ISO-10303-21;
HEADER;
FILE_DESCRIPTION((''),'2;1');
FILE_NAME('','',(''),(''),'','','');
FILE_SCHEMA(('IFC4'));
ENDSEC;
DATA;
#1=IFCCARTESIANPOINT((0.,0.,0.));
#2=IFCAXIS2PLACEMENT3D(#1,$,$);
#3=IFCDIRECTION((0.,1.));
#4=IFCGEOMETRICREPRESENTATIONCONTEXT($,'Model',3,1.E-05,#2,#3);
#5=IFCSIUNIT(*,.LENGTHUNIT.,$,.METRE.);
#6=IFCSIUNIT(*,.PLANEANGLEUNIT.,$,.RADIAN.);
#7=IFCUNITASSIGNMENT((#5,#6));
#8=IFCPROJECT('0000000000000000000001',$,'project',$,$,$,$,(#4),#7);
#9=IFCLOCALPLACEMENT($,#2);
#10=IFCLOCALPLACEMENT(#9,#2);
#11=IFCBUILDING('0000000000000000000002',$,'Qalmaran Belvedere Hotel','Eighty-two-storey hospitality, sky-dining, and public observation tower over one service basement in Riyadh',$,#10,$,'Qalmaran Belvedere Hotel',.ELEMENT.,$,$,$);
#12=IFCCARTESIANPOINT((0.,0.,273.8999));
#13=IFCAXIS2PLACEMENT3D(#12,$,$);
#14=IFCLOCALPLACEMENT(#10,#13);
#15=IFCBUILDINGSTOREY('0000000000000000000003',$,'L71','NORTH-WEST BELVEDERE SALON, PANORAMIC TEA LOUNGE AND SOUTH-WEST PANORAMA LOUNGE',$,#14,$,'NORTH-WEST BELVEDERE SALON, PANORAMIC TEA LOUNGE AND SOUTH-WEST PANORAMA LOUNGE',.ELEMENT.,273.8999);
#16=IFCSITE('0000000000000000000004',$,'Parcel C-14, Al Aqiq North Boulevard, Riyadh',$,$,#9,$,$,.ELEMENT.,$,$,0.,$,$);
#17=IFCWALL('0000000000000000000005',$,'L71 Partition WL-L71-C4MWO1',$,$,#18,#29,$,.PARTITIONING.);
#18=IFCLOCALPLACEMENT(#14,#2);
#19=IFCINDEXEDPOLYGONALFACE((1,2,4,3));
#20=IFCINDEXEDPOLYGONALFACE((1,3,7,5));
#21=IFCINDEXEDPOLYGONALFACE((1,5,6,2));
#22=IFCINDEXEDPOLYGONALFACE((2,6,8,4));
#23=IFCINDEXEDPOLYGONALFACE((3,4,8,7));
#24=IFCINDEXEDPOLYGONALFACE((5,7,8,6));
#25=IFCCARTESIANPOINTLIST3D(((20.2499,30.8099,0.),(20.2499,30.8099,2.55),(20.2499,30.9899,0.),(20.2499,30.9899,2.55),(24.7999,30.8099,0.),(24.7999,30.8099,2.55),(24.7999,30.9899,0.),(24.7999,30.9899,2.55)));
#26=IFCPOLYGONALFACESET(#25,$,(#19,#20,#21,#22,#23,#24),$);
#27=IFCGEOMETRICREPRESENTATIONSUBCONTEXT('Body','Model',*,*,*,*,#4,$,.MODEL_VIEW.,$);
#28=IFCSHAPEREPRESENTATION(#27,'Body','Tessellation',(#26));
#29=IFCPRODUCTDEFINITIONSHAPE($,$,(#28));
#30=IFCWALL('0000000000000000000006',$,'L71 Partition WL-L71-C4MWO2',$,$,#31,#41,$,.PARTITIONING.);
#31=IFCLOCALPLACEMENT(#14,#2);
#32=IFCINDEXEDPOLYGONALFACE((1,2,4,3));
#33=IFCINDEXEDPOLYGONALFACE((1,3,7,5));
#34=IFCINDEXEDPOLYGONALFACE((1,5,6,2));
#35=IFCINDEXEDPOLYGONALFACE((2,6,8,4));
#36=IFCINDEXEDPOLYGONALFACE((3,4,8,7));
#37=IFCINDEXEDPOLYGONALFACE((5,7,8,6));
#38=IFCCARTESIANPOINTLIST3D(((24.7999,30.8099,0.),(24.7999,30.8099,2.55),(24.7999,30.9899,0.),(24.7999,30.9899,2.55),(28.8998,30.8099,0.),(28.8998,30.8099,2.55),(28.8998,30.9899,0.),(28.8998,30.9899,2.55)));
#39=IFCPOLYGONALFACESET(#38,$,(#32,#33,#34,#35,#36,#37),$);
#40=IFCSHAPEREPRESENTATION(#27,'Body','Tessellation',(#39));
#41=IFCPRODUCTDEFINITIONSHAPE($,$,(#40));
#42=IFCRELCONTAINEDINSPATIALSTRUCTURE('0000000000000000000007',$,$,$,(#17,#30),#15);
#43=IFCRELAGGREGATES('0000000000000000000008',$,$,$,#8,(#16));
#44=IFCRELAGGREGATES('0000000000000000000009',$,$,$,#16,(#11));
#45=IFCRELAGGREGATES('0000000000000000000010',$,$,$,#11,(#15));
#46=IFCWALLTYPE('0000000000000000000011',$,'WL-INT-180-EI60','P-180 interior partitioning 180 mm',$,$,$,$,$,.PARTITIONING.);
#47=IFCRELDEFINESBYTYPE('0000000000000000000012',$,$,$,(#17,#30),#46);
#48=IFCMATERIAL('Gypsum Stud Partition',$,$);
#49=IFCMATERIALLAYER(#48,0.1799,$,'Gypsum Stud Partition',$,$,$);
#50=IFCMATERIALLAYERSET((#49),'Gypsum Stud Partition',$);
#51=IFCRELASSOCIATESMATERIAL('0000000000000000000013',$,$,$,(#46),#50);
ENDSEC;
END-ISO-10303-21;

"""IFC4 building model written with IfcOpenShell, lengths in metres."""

from ifc_helpers import new_model, si_unit, direction, frame, frame_2d, origin, place, context, subcontext, project, spatial, rectangle, extrude, material, layer, layer_set, type_object, element, save


model = new_model("IFC4")

# Units and contexts
model_context = context("Model", 3, precision=1e-05, world=origin(), true_north=direction((0.0, 1.0)))
body_context = subcontext(model_context, "Body", "Model", "MODEL_VIEW")
ifc_project = project(units=[si_unit("LENGTHUNIT", "METRE"), si_unit("PLANEANGLEUNIT", "RADIAN")], contexts=[model_context])

# Site, building, storey
site_placement = place(None, origin())
site = spatial("IfcSite", under=ifc_project, at=site_placement, Name="Parcel C-14, Al Aqiq North Boulevard, Riyadh", CompositionType="ELEMENT", RefElevation=0.0)
building_placement = place(site_placement, origin())
building = spatial("IfcBuilding", under=site, at=building_placement, Name="Qalmaran Belvedere Hotel", Description="Eighty-two-storey hospitality, sky-dining, and public observation tower over one service basement in Riyadh", LongName="Qalmaran Belvedere Hotel", CompositionType="ELEMENT")
storey_placement = place(building_placement, frame((0.0, 0.0, 273.8999)))
storey = spatial("IfcBuildingStorey", under=building, at=storey_placement, Name="L71", Description="NORTH-WEST BELVEDERE SALON, PANORAMIC TEA LOUNGE AND SOUTH-WEST PANORAMA LOUNGE", LongName="NORTH-WEST BELVEDERE SALON, PANORAMIC TEA LOUNGE AND SOUTH-WEST PANORAMA LOUNGE", CompositionType="ELEMENT", Elevation=273.8999)

# Wall
ifc_material_1 = material(Name="Gypsum Stud Partition")
ifc_layer_1 = layer(ifc_material_1, 0.1799, Name="Gypsum Stud Partition")
ifc_layer_set_1 = layer_set([ifc_layer_1], Name="Gypsum Stud Partition")
wall_type_1 = type_object("IfcWallType", Name="WL-INT-180-EI60", Description="P-180 interior partitioning 180 mm", PredefinedType="PARTITIONING", material=ifc_layer_set_1)
wall_1_placement = place(storey_placement, frame((20.25, 30.8999, 0.0), z_axis=(0.0, 0.0, 1.0), x_axis=(1.0, 0.0, 0.0)))
element("IfcWall", 1, at=wall_1_placement, inside=storey, type_object=wall_type_1, Name="L71 Partition WL-L71-C4MWO1", PredefinedType="PARTITIONING", context=body_context, shape_type="SweptSolid", body=[
    extrude(rectangle(XDim=4.55, YDim=0.1799, at=frame_2d((2.2749, 0.0))), origin(), (0.0, 0.0, 1.0), 2.55),
])

# Wall
wall_2_placement = place(storey_placement, frame((24.8, 30.8999, 0.0), z_axis=(0.0, 0.0, 1.0), x_axis=(1.0, 0.0, 0.0)))
element("IfcWall", 2, at=wall_2_placement, inside=storey, type_object=wall_type_1, Name="L71 Partition WL-L71-C4MWO2", PredefinedType="PARTITIONING", context=body_context, shape_type="SweptSolid", body=[
    extrude(rectangle(XDim=4.0999, YDim=0.1799, at=frame_2d((2.0498, 0.0))), origin(), (0.0, 0.0, 1.0), 2.55),
])

save(model, "model.ifc")
